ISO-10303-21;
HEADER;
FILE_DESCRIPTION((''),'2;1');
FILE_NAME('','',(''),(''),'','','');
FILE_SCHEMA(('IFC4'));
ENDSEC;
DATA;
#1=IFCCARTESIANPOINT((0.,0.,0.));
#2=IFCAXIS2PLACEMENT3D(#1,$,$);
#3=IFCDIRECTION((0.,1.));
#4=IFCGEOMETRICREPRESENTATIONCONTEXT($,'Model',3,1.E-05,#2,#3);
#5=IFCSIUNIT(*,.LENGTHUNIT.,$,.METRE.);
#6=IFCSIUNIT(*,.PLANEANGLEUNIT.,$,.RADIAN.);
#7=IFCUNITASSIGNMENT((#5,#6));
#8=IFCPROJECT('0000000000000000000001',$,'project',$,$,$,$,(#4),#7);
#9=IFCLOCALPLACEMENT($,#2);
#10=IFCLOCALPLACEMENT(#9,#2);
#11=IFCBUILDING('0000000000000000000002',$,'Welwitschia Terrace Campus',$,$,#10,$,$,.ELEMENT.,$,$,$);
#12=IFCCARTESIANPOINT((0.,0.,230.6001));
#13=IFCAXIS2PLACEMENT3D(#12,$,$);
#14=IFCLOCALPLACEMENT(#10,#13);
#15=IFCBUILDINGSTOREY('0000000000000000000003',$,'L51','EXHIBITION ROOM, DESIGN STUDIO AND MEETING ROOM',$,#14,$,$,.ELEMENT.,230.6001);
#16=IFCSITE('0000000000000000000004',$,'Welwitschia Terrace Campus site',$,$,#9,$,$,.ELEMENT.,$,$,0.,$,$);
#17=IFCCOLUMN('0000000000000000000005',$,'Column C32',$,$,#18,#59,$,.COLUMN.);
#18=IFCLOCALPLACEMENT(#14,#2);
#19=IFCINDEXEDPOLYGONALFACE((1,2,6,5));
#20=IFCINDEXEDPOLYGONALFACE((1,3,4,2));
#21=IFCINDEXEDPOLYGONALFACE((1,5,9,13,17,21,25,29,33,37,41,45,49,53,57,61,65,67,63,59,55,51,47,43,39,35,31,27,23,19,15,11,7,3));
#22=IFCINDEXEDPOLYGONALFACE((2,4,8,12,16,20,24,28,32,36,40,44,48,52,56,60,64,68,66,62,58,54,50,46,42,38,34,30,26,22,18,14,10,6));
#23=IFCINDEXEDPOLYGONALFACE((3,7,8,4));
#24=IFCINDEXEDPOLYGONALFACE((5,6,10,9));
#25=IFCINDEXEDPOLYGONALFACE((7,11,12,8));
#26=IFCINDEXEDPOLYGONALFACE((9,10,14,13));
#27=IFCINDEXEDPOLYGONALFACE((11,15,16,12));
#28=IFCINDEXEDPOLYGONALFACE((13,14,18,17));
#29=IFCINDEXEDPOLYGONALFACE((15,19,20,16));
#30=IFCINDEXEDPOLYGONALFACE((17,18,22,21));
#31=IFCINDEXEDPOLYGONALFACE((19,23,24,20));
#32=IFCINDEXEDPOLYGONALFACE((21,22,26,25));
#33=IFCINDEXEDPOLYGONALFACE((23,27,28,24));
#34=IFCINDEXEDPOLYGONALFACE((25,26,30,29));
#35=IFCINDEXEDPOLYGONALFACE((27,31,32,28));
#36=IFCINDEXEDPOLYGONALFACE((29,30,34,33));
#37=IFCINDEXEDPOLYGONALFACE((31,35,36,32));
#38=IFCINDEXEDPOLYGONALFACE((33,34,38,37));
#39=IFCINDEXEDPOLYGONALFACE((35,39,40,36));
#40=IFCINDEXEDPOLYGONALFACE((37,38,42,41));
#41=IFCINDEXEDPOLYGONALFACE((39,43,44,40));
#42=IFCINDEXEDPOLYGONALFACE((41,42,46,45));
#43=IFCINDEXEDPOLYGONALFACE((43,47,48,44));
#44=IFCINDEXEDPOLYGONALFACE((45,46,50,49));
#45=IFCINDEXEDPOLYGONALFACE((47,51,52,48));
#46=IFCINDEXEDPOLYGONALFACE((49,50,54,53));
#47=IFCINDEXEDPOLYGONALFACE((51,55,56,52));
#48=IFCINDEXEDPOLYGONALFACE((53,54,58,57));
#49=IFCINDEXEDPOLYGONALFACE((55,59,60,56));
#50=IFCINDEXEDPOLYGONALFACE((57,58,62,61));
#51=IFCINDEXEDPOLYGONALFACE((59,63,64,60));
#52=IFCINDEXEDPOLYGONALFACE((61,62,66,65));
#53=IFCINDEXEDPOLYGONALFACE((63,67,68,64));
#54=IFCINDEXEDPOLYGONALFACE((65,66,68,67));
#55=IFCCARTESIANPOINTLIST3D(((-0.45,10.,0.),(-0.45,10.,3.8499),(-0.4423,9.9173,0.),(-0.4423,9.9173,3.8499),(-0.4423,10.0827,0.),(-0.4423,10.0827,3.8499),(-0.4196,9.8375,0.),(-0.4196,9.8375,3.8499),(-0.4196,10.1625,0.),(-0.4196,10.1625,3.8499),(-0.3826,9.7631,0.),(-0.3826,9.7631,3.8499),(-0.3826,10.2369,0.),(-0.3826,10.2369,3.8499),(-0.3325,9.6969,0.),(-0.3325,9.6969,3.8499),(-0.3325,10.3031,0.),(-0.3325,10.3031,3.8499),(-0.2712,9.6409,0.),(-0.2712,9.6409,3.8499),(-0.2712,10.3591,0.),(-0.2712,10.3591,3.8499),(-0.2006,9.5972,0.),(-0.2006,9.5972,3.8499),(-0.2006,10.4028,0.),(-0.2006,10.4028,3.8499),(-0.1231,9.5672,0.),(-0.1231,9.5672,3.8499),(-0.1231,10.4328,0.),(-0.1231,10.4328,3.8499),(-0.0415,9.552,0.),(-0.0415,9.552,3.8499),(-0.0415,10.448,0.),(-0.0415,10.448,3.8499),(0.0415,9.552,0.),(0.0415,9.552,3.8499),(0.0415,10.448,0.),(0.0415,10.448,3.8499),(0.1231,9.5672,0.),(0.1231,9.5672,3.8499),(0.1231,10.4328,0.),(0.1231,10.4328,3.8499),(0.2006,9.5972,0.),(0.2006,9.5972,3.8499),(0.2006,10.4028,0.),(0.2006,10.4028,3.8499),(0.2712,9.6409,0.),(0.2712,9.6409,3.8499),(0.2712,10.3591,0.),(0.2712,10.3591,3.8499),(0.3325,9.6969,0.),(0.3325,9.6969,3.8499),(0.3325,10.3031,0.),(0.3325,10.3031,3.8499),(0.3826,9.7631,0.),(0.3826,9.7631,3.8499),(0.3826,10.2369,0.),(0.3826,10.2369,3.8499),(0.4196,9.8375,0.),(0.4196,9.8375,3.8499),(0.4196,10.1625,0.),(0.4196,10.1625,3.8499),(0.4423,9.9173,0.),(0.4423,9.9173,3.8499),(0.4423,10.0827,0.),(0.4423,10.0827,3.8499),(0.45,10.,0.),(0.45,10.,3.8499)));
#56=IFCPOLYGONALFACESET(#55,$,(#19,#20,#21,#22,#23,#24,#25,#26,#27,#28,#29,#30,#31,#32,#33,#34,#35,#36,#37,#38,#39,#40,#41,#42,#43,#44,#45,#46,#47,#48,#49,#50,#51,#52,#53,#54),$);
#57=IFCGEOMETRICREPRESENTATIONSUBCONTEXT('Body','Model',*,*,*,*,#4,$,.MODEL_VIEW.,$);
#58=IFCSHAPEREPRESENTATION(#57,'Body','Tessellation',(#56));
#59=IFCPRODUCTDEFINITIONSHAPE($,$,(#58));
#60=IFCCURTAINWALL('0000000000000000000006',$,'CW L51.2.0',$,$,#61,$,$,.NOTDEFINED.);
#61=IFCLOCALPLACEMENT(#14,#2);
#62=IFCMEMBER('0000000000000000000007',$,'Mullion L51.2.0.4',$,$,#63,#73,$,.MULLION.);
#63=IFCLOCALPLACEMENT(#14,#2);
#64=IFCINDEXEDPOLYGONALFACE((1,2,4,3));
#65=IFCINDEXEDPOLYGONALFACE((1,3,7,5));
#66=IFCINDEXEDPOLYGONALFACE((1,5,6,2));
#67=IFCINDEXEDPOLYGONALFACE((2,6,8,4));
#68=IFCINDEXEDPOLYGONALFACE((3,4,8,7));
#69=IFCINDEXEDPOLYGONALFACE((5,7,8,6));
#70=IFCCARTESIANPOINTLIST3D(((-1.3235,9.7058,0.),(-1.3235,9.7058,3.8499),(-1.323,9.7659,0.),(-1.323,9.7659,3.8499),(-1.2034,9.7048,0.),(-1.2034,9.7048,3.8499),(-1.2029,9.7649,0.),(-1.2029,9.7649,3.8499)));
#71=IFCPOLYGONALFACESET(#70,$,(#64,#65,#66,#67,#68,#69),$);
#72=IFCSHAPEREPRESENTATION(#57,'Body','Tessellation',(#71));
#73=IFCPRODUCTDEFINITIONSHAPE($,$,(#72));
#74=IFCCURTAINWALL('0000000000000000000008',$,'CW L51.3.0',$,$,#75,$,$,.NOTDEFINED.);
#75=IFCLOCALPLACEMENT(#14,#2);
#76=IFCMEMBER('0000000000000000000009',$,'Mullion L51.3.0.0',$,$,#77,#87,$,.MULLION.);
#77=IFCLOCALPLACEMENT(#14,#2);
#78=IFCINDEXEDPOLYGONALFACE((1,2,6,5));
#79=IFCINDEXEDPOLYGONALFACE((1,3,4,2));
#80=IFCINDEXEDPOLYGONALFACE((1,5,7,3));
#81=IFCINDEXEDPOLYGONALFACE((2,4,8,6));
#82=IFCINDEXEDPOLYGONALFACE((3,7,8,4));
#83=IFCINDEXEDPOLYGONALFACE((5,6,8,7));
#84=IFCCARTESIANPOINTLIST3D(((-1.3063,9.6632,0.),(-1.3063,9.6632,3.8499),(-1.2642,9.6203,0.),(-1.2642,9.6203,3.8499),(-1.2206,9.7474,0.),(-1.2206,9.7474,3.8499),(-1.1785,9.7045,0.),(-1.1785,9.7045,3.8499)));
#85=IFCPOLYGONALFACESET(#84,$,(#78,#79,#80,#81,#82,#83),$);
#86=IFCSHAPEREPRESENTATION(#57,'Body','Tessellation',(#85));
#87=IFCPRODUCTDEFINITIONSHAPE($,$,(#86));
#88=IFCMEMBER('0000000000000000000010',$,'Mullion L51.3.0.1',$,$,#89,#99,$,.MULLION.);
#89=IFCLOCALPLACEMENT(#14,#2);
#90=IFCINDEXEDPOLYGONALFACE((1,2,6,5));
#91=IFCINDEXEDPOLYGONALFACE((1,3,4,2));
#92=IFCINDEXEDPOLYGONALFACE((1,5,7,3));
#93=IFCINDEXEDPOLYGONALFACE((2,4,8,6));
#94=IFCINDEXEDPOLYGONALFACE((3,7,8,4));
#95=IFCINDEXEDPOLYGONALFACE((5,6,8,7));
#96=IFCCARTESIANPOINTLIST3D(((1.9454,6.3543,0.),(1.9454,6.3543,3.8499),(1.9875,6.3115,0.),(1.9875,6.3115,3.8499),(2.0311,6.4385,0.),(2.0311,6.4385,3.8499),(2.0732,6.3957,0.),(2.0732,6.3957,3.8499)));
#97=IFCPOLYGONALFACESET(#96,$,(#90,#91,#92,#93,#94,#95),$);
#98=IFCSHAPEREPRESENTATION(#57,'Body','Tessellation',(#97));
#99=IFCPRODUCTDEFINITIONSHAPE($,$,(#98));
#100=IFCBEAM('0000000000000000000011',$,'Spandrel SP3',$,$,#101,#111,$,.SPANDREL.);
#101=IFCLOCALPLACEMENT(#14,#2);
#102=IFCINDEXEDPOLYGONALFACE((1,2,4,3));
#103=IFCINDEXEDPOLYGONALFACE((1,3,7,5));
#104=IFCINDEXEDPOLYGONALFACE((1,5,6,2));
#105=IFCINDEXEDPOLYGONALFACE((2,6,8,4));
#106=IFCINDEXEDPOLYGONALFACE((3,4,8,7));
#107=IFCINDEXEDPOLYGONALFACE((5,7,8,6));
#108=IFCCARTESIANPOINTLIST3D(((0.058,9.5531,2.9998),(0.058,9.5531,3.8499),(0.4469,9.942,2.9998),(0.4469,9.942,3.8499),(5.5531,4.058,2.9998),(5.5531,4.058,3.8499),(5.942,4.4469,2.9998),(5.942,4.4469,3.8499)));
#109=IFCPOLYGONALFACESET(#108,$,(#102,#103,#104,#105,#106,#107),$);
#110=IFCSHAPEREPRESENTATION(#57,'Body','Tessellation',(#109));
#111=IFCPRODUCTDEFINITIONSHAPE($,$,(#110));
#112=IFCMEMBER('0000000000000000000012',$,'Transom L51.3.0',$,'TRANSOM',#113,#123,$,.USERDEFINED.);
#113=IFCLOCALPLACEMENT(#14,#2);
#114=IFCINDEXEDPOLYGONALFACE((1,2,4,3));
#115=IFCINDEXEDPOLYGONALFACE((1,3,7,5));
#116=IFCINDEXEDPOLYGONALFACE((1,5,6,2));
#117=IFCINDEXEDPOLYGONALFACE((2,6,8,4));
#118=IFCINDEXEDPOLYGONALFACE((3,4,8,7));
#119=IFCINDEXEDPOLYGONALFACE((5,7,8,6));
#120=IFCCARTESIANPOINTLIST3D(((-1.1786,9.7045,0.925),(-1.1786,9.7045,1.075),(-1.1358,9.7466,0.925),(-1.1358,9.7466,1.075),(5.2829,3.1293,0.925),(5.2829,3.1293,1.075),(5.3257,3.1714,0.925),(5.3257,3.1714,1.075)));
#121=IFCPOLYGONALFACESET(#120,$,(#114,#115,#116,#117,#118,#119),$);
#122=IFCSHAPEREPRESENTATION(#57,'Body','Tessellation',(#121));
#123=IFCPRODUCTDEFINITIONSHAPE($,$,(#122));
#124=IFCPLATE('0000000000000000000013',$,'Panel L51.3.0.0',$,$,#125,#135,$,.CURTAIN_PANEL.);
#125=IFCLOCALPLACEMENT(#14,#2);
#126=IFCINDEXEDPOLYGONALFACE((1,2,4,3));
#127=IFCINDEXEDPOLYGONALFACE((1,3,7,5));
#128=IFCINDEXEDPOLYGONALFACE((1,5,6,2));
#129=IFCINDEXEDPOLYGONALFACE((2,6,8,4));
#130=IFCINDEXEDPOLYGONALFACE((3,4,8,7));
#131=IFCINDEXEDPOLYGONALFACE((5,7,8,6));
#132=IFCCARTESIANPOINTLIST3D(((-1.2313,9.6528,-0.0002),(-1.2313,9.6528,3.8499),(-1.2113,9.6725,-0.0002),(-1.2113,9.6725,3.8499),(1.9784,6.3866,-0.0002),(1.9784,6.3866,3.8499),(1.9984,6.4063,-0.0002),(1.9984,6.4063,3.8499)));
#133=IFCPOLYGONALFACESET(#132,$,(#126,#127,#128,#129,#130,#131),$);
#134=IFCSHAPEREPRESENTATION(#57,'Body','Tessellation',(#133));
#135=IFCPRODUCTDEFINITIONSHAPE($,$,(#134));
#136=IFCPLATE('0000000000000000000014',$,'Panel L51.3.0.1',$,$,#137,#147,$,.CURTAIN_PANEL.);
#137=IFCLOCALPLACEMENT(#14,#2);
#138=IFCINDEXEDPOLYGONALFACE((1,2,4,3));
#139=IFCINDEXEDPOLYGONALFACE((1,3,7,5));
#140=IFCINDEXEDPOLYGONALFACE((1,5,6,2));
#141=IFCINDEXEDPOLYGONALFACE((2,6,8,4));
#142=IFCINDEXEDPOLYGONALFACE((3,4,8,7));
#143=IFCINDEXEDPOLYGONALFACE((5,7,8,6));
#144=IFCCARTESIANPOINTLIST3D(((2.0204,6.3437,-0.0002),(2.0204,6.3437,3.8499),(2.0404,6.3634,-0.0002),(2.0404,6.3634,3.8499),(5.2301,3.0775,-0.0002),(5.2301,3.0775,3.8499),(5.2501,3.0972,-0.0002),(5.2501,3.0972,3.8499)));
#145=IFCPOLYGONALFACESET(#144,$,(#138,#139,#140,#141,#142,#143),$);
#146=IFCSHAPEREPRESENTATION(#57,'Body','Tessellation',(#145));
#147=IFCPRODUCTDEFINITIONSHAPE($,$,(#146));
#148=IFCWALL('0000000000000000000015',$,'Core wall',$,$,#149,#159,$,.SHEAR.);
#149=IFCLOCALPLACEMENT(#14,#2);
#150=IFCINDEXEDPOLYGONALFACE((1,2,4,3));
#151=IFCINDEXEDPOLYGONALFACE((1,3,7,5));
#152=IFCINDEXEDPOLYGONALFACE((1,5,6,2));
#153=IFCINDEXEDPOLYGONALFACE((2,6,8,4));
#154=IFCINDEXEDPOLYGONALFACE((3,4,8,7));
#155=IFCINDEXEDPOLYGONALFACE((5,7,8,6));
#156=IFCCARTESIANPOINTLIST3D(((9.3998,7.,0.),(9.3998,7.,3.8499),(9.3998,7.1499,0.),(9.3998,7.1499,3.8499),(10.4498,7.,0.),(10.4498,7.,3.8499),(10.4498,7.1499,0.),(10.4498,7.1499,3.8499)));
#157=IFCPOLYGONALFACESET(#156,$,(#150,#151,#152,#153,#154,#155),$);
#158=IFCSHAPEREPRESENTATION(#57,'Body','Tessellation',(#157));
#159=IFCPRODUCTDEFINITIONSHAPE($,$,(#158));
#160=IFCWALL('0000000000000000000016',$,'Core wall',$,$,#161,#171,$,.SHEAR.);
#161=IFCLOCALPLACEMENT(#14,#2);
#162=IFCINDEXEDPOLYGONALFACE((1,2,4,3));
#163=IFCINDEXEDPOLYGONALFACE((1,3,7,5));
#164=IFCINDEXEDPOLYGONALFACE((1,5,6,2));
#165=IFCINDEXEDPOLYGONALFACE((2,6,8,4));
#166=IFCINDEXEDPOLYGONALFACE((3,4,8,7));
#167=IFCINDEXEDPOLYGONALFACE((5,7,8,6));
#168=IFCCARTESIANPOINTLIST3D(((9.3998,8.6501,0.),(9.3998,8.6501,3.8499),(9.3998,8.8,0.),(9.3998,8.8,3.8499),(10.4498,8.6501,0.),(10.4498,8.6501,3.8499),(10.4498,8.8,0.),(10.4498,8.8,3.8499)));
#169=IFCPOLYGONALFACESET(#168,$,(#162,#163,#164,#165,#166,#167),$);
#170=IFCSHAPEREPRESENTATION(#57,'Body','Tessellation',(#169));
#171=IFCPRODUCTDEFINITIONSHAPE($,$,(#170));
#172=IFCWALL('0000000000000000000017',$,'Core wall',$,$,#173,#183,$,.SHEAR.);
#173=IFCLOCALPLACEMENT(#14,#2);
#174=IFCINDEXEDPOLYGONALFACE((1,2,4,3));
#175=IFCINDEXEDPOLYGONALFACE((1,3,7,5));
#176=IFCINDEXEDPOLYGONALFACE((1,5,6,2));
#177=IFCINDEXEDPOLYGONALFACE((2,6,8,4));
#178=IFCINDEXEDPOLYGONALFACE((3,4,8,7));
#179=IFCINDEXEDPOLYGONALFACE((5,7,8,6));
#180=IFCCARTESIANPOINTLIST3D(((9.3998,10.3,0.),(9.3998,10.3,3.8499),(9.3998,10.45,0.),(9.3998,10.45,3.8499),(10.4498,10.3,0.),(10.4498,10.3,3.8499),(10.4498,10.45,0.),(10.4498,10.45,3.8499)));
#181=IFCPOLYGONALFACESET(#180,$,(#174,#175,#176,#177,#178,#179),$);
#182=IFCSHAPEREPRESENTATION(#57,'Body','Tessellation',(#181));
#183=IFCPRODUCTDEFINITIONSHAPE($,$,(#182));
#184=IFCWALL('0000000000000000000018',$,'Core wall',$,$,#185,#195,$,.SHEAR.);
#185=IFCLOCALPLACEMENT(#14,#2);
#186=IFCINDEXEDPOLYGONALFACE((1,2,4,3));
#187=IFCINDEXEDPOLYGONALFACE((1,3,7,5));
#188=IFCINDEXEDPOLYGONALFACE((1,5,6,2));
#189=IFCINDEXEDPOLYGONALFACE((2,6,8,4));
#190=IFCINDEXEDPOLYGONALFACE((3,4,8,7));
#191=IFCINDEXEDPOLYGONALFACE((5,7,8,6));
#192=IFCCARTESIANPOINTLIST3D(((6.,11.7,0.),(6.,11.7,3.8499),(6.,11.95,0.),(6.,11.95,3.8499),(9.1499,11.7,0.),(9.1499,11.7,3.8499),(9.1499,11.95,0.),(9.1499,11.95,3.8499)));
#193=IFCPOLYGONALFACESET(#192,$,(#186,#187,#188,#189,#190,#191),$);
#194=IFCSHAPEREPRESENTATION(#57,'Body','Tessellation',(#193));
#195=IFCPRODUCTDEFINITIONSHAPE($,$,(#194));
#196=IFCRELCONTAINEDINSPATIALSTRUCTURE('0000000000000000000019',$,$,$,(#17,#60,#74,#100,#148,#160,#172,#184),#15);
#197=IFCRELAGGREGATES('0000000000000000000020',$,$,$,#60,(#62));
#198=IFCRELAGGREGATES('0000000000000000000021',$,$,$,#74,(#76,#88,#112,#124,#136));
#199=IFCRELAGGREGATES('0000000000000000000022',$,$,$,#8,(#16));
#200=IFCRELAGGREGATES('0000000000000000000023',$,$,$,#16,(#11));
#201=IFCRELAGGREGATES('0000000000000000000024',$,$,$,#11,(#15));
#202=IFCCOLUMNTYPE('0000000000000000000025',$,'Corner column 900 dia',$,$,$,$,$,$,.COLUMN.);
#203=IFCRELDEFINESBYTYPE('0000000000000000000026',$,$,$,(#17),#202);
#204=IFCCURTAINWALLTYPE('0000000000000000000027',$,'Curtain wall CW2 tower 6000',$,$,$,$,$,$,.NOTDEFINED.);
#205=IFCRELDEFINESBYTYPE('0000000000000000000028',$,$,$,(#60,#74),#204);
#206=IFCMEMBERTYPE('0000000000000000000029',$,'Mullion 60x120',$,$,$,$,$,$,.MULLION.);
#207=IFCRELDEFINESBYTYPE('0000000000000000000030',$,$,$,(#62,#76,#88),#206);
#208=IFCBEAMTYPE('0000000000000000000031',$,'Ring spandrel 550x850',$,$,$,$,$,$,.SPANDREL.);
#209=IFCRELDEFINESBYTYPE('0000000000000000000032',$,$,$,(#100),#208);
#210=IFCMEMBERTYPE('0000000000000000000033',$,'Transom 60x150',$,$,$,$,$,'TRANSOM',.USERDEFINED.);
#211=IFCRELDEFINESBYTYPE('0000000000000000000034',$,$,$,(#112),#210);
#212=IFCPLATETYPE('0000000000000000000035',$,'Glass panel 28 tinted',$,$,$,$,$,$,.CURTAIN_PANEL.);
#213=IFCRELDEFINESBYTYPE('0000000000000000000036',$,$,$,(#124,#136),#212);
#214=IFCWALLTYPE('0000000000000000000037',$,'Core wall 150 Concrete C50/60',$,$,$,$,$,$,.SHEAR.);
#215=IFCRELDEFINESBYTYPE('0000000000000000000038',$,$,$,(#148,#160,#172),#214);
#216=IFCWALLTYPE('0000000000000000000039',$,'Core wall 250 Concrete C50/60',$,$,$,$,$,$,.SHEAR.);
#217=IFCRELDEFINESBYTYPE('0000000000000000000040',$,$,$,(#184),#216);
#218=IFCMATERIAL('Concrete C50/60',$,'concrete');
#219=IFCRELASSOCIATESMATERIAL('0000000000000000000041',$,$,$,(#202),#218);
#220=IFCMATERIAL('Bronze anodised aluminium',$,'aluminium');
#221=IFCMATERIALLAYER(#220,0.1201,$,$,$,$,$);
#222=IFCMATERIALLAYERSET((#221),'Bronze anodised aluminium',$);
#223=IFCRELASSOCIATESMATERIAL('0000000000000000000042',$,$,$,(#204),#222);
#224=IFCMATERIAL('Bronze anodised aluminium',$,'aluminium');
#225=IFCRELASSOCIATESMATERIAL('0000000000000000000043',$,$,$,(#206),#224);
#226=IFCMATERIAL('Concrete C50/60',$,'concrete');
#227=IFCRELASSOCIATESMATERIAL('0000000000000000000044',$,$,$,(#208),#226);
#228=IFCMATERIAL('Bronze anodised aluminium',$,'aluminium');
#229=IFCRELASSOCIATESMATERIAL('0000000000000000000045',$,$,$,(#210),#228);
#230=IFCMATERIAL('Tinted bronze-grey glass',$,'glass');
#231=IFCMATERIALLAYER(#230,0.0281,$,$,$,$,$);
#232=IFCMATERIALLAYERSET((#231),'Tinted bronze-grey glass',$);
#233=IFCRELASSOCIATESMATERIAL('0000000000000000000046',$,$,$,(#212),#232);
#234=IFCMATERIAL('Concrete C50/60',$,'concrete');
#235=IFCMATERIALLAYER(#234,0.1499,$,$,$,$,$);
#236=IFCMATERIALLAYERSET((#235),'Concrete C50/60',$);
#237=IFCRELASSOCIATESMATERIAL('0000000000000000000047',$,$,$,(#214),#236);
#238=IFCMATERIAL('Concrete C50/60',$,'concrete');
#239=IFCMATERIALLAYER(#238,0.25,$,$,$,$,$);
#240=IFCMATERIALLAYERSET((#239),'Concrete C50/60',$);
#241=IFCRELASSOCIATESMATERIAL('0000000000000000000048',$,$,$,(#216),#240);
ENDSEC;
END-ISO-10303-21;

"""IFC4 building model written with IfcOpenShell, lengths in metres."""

from ifc_helpers import new_model, si_unit, direction, frame, frame_2d, origin, origin_2d, place, context, subcontext, project, spatial, rectangle, circle, extrude, material, layer, layer_set, material_profile, profile_set, type_object, element, aggregate, save


model = new_model("IFC4")

# Units and contexts
model_context = context("Model", 3, precision=1e-05, world=origin(), true_north=direction((0.0, 1.0)))
body_context = subcontext(model_context, "Body", "Model", "MODEL_VIEW")
ifc_project = project(units=[si_unit("LENGTHUNIT", "METRE"), si_unit("PLANEANGLEUNIT", "RADIAN")], contexts=[model_context])

# Site, building, storey
site_placement = place(None, origin())
site = spatial("IfcSite", under=ifc_project, at=site_placement, Name="Welwitschia Terrace Campus site", CompositionType="ELEMENT", RefElevation=0.0)
building_placement = place(site_placement, origin())
building = spatial("IfcBuilding", under=site, at=building_placement, Name="Welwitschia Terrace Campus", CompositionType="ELEMENT")
storey_placement = place(building_placement, frame((0.0, 0.0, 230.6001)))
storey = spatial("IfcBuildingStorey", under=building, at=storey_placement, Name="L51", Description="EXHIBITION ROOM, DESIGN STUDIO AND MEETING ROOM", CompositionType="ELEMENT", Elevation=230.6001)

# Column
ifc_material_1 = material(Name="Concrete C50/60", Category="concrete")
ifc_material_profile_1 = material_profile(ifc_material_1, circle(Radius=0.45, at=origin_2d()))
ifc_profile_set_1 = profile_set([ifc_material_profile_1], Name="Concrete C50/60")
column_type = type_object("IfcColumnType", Name="Corner column 900 dia", PredefinedType="COLUMN", material=ifc_profile_set_1)
column_placement = place(storey_placement, frame((0.0, 10.0, 0.0), z_axis=(0.0, 0.0, 1.0), x_axis=(1.0, 0.0, 0.0)))
element("IfcColumn", 1, at=column_placement, inside=storey, type_object=column_type, Name="Column C32", PredefinedType="COLUMN", context=body_context, shape_type="SweptSolid", body=[
    extrude(circle(Radius=0.45, at=origin_2d()), origin(), (0.0, 0.0, 1.0), 3.8499),
])

# Curtain wall, member
ifc_material_2 = material(Name="Bronze anodised aluminium", Category="aluminium")
ifc_layer_1 = layer(ifc_material_2, 0.1201)
ifc_layer_set_1 = layer_set([ifc_layer_1], Name="Bronze anodised aluminium")
curtain_wall_type = type_object("IfcCurtainWallType", Name="Curtain wall CW2 tower 6000", PredefinedType="NOTDEFINED", material=ifc_layer_set_1)
curtain_wall_1_placement = place(storey_placement, origin())
curtain_wall_1 = element("IfcCurtainWall", 2, at=curtain_wall_1_placement, inside=storey, type_object=curtain_wall_type, Name="CW L51.2.0", PredefinedType="NOTDEFINED")
ifc_material_3 = material(Name="Bronze anodised aluminium", Category="aluminium")
ifc_material_profile_2 = material_profile(ifc_material_3, rectangle(XDim=0.1201, YDim=0.0601, at=origin_2d()))
ifc_profile_set_2 = profile_set([ifc_material_profile_2], Name="Bronze anodised aluminium")
member_type_1 = type_object("IfcMemberType", Name="Mullion 60x120", PredefinedType="MULLION", material=ifc_profile_set_2)
member_1_placement = place(storey_placement, frame((-1.2632, 9.7354, 0.0), z_axis=(0.0, 0.0, 1.0), x_axis=(0.999962, -0.008727, 0.0)))
member_1 = element("IfcMember", 3, at=member_1_placement, type_object=member_type_1, Name="Mullion L51.2.0.4", PredefinedType="MULLION", context=body_context, shape_type="SweptSolid", body=[
    extrude(rectangle(XDim=0.1201, YDim=0.0601, at=origin_2d()), origin(), (0.0, 0.0, 1.0), 3.8499),
])
aggregate(curtain_wall_1, [member_1])

# Curtain wall, members
curtain_wall_2_placement = place(storey_placement, origin())
curtain_wall_2 = element("IfcCurtainWall", 4, at=curtain_wall_2_placement, inside=storey, type_object=curtain_wall_type, Name="CW L51.3.0", PredefinedType="NOTDEFINED")
member_2_placement = place(storey_placement, frame((-1.2424, 9.6838, 0.0), z_axis=(0.0, 0.0, 1.0), x_axis=(0.71325, 0.700909, 0.0)))
member_2 = element("IfcMember", 5, at=member_2_placement, type_object=member_type_1, Name="Mullion L51.3.0.0", PredefinedType="MULLION", context=body_context, shape_type="SweptSolid", body=[
    extrude(rectangle(XDim=0.1201, YDim=0.0601, at=origin_2d()), origin(), (0.0, 0.0, 1.0), 3.8499),
])
member_3_placement = place(storey_placement, frame((2.0093, 6.375, 0.0), z_axis=(0.0, 0.0, 1.0), x_axis=(0.71325, 0.700909, 0.0)))
member_3 = element("IfcMember", 6, at=member_3_placement, type_object=member_type_1, Name="Mullion L51.3.0.1", PredefinedType="MULLION", context=body_context, shape_type="SweptSolid", body=[
    extrude(rectangle(XDim=0.1201, YDim=0.0601, at=origin_2d()), origin(), (0.0, 0.0, 1.0), 3.8499),
])

# Beam
ifc_material_4 = material(Name="Concrete C50/60", Category="concrete")
ifc_material_profile_3 = material_profile(ifc_material_4, rectangle(XDim=0.55, YDim=0.8501, at=origin_2d()))
ifc_profile_set_3 = profile_set([ifc_material_profile_3], Name="Concrete C50/60")
beam_type = type_object("IfcBeamType", Name="Ring spandrel 550x850", PredefinedType="SPANDREL", material=ifc_profile_set_3)
beam_placement = place(storey_placement, frame((0.2524, 9.7476, 3.4248), z_axis=(0.707107, -0.707107, 0.0), x_axis=(0.707107, 0.707107, 0.0)))
element("IfcBeam", 7, at=beam_placement, inside=storey, type_object=beam_type, Name="Spandrel SP3", PredefinedType="SPANDREL", context=body_context, shape_type="SweptSolid", body=[
    extrude(rectangle(XDim=0.55, YDim=0.8501, at=origin_2d()), origin(), (0.0, 0.0, 1.0), 7.7712),
])

# Member
ifc_material_5 = material(Name="Bronze anodised aluminium", Category="aluminium")
ifc_material_profile_4 = material_profile(ifc_material_5, rectangle(XDim=0.0601, YDim=0.1499, at=origin_2d()))
ifc_profile_set_4 = profile_set([ifc_material_profile_4], Name="Bronze anodised aluminium")
member_type_2 = type_object("IfcMemberType", Name="Transom 60x150", ElementType="TRANSOM", PredefinedType="USERDEFINED", material=ifc_profile_set_4)
member_4_placement = place(storey_placement, frame((-1.1572, 9.7256, 1.0), z_axis=(0.700909, -0.71325, 0.0), x_axis=(0.71325, 0.700909, 0.0)))
member_4 = element("IfcMember", 8, at=member_4_placement, type_object=member_type_2, Name="Transom L51.3.0", ObjectType="TRANSOM", PredefinedType="USERDEFINED", context=body_context, shape_type="SweptSolid", body=[
    extrude(rectangle(XDim=0.0601, YDim=0.1499, at=origin_2d()), origin(), (0.0, 0.0, 1.0), 9.2188),
])

# Plates
ifc_material_6 = material(Name="Tinted bronze-grey glass", Category="glass")
ifc_layer_2 = layer(ifc_material_6, 0.0281)
ifc_layer_set_2 = layer_set([ifc_layer_2], Name="Tinted bronze-grey glass")
plate_type = type_object("IfcPlateType", Name="Glass panel 28 tinted", PredefinedType="CURTAIN_PANEL", material=ifc_layer_set_2)
plate_1_placement = place(storey_placement, frame((0.3835, 8.0295, -0.0002), z_axis=(0.0, 0.0, 1.0), x_axis=(0.700909, -0.71325, 0.0)))
plate_1 = element("IfcPlate", 9, at=plate_1_placement, type_object=plate_type, Name="Panel L51.3.0.0", PredefinedType="CURTAIN_PANEL", context=body_context, shape_type="SweptSolid", body=[
    extrude(rectangle(XDim=4.5793, YDim=0.0281, at=origin_2d()), origin(), (0.0, 0.0, 1.0), 3.8501),
])
plate_2_placement = place(storey_placement, frame((3.6353, 4.7205, -0.0002), z_axis=(0.0, 0.0, 1.0), x_axis=(0.700909, -0.71325, 0.0)))
plate_2 = element("IfcPlate", 10, at=plate_2_placement, type_object=plate_type, Name="Panel L51.3.0.1", PredefinedType="CURTAIN_PANEL", context=body_context, shape_type="SweptSolid", body=[
    extrude(rectangle(XDim=4.5793, YDim=0.0281, at=origin_2d()), origin(), (0.0, 0.0, 1.0), 3.8501),
])
aggregate(curtain_wall_2, [member_2, member_3, member_4, plate_1, plate_2])

# Walls
ifc_material_7 = material(Name="Concrete C50/60", Category="concrete")
ifc_layer_3 = layer(ifc_material_7, 0.1499)
ifc_layer_set_3 = layer_set([ifc_layer_3], Name="Concrete C50/60")
wall_type_1 = type_object("IfcWallType", Name="Core wall 150 Concrete C50/60", PredefinedType="SHEAR", material=ifc_layer_set_3)
for number, where, z_axis, x_axis, name in (
    (11, (9.3999, 7.075, 0.0), (0.0, 0.0, 1.0), (1.0, 0.0, 0.0), "Core wall"),
    (12, (9.3999, 8.7251, 0.0), (0.0, 0.0, 1.0), (1.0, 0.0, 0.0), "Core wall"),
    (13, (9.3999, 10.375, 0.0), (0.0, 0.0, 1.0), (1.0, 0.0, 0.0), "Core wall"),
):
    element("IfcWall", number, at=place(storey_placement, frame(where, z_axis=z_axis, x_axis=x_axis)), inside=storey, type_object=wall_type_1, Name=name, PredefinedType="SHEAR", context=body_context, shape_type="SweptSolid", body=[
        extrude(rectangle(XDim=1.05, YDim=0.1499, at=frame_2d((0.5249, 0.0))), origin(), (0.0, 0.0, 1.0), 3.8499),
    ])
ifc_material_8 = material(Name="Concrete C50/60", Category="concrete")
ifc_layer_4 = layer(ifc_material_8, 0.25)
ifc_layer_set_4 = layer_set([ifc_layer_4], Name="Concrete C50/60")
wall_type_2 = type_object("IfcWallType", Name="Core wall 250 Concrete C50/60", PredefinedType="SHEAR", material=ifc_layer_set_4)
wall_1_placement = place(storey_placement, frame((6.0, 11.825, 0.0), z_axis=(0.0, 0.0, 1.0), x_axis=(1.0, 0.0, 0.0)))
element("IfcWall", 14, at=wall_1_placement, inside=storey, type_object=wall_type_2, Name="Core wall", PredefinedType="SHEAR", context=body_context, shape_type="SweptSolid", body=[
    extrude(rectangle(XDim=3.1499, YDim=0.25, at=frame_2d((1.575, 0.0))), origin(), (0.0, 0.0, 1.0), 3.8499),
])

save(model, "model.ifc")
